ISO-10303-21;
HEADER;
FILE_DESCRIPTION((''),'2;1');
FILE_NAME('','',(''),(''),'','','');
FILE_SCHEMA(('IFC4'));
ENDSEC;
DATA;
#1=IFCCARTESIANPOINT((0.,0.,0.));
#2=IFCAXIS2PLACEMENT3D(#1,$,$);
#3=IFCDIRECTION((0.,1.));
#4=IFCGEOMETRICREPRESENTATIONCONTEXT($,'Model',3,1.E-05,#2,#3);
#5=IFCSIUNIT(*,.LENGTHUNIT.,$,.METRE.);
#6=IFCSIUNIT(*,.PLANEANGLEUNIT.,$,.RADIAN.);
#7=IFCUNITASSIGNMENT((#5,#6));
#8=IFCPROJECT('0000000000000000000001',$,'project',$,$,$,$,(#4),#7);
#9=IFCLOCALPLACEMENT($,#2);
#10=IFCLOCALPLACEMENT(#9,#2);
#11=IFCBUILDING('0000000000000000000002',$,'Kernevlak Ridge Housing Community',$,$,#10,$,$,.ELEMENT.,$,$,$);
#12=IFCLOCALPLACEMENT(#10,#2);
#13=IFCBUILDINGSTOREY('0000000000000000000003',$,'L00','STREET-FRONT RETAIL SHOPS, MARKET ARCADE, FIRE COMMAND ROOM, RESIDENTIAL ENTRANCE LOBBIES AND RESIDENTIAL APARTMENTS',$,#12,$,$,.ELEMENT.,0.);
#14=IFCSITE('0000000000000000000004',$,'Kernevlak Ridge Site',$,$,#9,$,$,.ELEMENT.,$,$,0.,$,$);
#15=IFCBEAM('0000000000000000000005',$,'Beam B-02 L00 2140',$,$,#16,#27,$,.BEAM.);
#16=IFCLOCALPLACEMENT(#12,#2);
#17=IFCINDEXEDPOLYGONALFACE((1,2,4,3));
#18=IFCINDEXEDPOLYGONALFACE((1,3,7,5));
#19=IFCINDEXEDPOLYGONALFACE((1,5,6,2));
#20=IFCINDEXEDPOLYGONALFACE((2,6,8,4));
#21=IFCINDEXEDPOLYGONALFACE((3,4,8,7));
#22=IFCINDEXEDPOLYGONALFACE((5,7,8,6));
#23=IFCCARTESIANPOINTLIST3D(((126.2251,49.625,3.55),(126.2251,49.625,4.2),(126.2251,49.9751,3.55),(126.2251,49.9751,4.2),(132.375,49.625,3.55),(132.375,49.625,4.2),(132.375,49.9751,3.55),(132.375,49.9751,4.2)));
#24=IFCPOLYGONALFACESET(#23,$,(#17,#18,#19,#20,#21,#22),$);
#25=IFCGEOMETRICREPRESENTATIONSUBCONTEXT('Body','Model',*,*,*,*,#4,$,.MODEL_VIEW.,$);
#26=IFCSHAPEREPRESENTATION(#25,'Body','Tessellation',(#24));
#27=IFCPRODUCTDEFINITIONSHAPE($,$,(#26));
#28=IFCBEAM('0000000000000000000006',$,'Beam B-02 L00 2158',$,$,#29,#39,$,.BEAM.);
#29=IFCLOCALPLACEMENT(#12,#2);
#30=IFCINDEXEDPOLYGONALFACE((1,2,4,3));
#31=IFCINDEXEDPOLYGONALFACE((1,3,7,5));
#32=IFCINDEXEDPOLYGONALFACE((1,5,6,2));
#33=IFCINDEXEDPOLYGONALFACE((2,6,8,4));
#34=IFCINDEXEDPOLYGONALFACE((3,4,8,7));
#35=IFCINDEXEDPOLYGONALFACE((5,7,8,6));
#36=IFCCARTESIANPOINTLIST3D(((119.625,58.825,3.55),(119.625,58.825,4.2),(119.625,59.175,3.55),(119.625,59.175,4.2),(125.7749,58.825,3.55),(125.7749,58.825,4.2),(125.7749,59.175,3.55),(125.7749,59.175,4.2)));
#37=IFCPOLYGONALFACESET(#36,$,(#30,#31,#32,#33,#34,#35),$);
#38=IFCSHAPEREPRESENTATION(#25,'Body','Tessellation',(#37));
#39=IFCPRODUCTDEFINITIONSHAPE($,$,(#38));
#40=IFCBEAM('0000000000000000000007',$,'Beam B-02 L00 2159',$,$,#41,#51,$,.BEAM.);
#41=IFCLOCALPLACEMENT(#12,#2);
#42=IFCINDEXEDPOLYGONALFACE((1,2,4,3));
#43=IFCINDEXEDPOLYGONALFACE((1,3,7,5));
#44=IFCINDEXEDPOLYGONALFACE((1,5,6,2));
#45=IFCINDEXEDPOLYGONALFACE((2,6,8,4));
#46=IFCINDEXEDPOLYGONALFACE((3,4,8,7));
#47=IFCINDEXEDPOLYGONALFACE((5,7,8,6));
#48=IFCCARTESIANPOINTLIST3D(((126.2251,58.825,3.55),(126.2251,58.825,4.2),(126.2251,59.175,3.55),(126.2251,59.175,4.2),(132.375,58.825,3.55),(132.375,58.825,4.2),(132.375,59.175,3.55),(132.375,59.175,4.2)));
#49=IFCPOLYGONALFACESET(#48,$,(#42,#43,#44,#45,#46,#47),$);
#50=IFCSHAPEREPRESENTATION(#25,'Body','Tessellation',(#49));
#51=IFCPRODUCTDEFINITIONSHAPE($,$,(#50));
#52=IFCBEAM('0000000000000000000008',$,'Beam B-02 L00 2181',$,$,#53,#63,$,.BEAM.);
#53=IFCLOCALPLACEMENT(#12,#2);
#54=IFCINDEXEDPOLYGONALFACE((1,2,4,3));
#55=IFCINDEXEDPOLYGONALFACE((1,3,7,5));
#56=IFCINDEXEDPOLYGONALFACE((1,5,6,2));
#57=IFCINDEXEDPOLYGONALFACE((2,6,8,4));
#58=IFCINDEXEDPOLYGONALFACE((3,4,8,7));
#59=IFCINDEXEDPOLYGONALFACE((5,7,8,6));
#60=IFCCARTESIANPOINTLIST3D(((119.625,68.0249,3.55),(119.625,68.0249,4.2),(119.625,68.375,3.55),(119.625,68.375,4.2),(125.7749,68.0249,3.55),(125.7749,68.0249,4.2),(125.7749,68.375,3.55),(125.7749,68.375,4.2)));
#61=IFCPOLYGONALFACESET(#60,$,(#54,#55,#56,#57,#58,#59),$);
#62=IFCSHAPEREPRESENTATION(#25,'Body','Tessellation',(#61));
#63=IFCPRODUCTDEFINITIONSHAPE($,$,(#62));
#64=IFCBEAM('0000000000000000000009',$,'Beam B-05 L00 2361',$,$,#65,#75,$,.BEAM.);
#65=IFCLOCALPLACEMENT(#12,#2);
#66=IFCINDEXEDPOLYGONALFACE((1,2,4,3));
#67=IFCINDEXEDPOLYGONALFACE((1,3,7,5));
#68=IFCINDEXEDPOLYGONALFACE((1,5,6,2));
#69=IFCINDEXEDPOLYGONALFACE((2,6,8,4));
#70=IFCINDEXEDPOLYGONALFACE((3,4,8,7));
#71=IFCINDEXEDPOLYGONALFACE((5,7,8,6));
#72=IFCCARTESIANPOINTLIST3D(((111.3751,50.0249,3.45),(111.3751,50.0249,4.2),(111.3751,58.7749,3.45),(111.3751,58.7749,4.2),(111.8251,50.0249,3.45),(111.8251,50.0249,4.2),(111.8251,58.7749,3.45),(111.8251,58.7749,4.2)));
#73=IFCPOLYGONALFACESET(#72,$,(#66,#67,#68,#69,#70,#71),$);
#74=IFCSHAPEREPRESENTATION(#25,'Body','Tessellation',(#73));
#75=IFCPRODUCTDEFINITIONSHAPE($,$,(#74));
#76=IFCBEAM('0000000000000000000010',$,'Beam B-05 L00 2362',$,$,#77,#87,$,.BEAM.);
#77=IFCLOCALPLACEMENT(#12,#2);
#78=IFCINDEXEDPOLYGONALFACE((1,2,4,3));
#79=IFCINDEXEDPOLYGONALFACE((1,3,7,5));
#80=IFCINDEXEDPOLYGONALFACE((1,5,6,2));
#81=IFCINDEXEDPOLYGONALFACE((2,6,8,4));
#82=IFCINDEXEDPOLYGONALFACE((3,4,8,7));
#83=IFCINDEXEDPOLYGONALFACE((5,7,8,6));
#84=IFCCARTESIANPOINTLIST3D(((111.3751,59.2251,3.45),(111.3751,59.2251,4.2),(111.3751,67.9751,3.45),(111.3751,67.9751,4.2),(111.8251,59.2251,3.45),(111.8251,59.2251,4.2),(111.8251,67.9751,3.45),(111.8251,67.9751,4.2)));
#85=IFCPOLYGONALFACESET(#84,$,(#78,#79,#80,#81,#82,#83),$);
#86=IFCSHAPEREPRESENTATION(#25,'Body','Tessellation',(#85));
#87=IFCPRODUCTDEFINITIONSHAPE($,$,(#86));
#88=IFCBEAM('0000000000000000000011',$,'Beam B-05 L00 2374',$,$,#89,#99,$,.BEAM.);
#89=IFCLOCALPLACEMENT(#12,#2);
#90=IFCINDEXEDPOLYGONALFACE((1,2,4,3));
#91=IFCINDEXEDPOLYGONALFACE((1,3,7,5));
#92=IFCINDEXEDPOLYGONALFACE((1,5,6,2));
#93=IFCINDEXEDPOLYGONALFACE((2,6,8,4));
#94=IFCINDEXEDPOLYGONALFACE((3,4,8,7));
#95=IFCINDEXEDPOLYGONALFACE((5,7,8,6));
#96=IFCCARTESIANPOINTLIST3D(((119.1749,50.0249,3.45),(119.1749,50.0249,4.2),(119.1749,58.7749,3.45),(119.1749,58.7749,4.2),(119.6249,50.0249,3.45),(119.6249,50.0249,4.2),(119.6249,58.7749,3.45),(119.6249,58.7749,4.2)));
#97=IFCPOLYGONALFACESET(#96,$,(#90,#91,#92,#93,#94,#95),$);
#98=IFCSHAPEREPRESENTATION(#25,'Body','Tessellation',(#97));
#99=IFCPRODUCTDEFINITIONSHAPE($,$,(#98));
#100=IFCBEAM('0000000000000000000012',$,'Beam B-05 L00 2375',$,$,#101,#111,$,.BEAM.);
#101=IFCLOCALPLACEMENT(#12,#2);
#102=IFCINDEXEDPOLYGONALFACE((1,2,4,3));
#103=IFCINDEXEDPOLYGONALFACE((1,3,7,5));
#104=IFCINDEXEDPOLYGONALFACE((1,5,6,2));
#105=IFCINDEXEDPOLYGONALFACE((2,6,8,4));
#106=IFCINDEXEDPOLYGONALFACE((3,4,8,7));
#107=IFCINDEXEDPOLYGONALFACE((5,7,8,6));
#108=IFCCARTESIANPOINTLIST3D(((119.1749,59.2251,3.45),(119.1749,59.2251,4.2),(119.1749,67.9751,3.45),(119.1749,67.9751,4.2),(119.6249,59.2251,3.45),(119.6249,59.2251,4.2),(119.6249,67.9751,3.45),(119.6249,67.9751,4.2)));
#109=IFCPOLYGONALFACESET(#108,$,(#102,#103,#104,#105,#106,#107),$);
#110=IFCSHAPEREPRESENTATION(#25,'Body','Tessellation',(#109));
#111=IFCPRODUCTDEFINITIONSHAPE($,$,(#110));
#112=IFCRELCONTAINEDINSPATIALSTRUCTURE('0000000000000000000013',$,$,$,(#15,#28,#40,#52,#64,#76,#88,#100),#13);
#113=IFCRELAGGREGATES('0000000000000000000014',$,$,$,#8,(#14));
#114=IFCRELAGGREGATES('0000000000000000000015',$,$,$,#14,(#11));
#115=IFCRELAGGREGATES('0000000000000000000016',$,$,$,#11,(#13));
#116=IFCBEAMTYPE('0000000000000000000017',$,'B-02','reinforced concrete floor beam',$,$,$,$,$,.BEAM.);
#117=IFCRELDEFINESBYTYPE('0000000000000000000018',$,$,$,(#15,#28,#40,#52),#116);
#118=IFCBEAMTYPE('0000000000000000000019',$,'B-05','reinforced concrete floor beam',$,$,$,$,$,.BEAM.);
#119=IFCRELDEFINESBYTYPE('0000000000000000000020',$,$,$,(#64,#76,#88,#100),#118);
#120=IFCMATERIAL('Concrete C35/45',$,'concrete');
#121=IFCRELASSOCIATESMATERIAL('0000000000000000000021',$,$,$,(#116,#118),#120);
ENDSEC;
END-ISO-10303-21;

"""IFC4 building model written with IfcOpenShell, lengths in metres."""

from ifc_helpers import new_model, si_unit, direction, frame, origin, origin_2d, place, context, subcontext, project, spatial, rectangle, extrude, material, material_profile, profile_set, type_object, element, save


model = new_model("IFC4")

# Units and contexts
model_context = context("Model", 3, precision=1e-05, world=origin(), true_north=direction((0.0, 1.0)))
body_context = subcontext(model_context, "Body", "Model", "MODEL_VIEW")
ifc_project = project(units=[si_unit("LENGTHUNIT", "METRE"), si_unit("PLANEANGLEUNIT", "RADIAN")], contexts=[model_context])

# Site, building, storey
site_placement = place(None, origin())
site = spatial("IfcSite", under=ifc_project, at=site_placement, Name="Kernevlak Ridge Site", CompositionType="ELEMENT", RefElevation=0.0)
building_placement = place(site_placement, origin())
building = spatial("IfcBuilding", under=site, at=building_placement, Name="Kernevlak Ridge Housing Community", CompositionType="ELEMENT")
storey_placement = place(building_placement, origin())
storey = spatial("IfcBuildingStorey", under=building, at=storey_placement, Name="L00", Description="STREET-FRONT RETAIL SHOPS, MARKET ARCADE, FIRE COMMAND ROOM, RESIDENTIAL ENTRANCE LOBBIES AND RESIDENTIAL APARTMENTS", CompositionType="ELEMENT", Elevation=0.0)

# Shared definitions
ifc_material = material(Name="Concrete C35/45", Category="concrete")

# Beams
ifc_material_profile_1 = material_profile(ifc_material, rectangle(XDim=0.3501, YDim=0.6499, at=origin_2d()), Name="RC 350x650")
ifc_profile_set_1 = profile_set([ifc_material_profile_1], Name="Concrete C35/45")
beam_type_1 = type_object("IfcBeamType", Name="B-02", Description="reinforced concrete floor beam", PredefinedType="BEAM", material=ifc_profile_set_1)
for number, where, z_axis, x_axis, name in (
    (1, (126.2251, 49.8, 3.875), (1.0, 0.0, 0.0), (0.0, 1.0, 0.0), "Beam B-02 L00 2140"),
    (2, (119.625, 59.0, 3.875), (1.0, 0.0, 0.0), (0.0, 1.0, 0.0), "Beam B-02 L00 2158"),
    (3, (126.2251, 59.0, 3.875), (1.0, 0.0, 0.0), (0.0, 1.0, 0.0), "Beam B-02 L00 2159"),
    (4, (119.625, 68.2, 3.875), (1.0, 0.0, 0.0), (0.0, 1.0, 0.0), "Beam B-02 L00 2181"),
):
    element("IfcBeam", number, at=place(storey_placement, frame(where, z_axis=z_axis, x_axis=x_axis)), inside=storey, type_object=beam_type_1, Name=name, PredefinedType="BEAM", context=body_context, shape_type="SweptSolid", body=[
        extrude(rectangle(XDim=0.3501, YDim=0.6499, at=origin_2d()), origin(), (0.0, 0.0, 1.0), 6.1499),
    ])
ifc_material_profile_2 = material_profile(ifc_material, rectangle(XDim=0.45, YDim=0.75, at=origin_2d()), Name="RC 450x750")
ifc_profile_set_2 = profile_set([ifc_material_profile_2], Name="Concrete C35/45")
beam_type_2 = type_object("IfcBeamType", Name="B-05", Description="reinforced concrete floor beam", PredefinedType="BEAM", material=ifc_profile_set_2)
for number, where, z_axis, x_axis, name in (
    (5, (111.6001, 50.0249, 3.825), (0.0, 1.0, 0.0), (-1.0, 0.0, 0.0), "Beam B-05 L00 2361"),
    (6, (111.6001, 59.2251, 3.825), (0.0, 1.0, 0.0), (-1.0, 0.0, 0.0), "Beam B-05 L00 2362"),
    (7, (119.3999, 50.0249, 3.825), (0.0, 1.0, 0.0), (-1.0, 0.0, 0.0), "Beam B-05 L00 2374"),
    (8, (119.3999, 59.2251, 3.825), (0.0, 1.0, 0.0), (-1.0, 0.0, 0.0), "Beam B-05 L00 2375"),
):
    element("IfcBeam", number, at=place(storey_placement, frame(where, z_axis=z_axis, x_axis=x_axis)), inside=storey, type_object=beam_type_2, Name=name, PredefinedType="BEAM", context=body_context, shape_type="SweptSolid", body=[
        extrude(rectangle(XDim=0.45, YDim=0.75, at=origin_2d()), origin(), (0.0, 0.0, 1.0), 8.75),
    ])

save(model, "model.ifc")
